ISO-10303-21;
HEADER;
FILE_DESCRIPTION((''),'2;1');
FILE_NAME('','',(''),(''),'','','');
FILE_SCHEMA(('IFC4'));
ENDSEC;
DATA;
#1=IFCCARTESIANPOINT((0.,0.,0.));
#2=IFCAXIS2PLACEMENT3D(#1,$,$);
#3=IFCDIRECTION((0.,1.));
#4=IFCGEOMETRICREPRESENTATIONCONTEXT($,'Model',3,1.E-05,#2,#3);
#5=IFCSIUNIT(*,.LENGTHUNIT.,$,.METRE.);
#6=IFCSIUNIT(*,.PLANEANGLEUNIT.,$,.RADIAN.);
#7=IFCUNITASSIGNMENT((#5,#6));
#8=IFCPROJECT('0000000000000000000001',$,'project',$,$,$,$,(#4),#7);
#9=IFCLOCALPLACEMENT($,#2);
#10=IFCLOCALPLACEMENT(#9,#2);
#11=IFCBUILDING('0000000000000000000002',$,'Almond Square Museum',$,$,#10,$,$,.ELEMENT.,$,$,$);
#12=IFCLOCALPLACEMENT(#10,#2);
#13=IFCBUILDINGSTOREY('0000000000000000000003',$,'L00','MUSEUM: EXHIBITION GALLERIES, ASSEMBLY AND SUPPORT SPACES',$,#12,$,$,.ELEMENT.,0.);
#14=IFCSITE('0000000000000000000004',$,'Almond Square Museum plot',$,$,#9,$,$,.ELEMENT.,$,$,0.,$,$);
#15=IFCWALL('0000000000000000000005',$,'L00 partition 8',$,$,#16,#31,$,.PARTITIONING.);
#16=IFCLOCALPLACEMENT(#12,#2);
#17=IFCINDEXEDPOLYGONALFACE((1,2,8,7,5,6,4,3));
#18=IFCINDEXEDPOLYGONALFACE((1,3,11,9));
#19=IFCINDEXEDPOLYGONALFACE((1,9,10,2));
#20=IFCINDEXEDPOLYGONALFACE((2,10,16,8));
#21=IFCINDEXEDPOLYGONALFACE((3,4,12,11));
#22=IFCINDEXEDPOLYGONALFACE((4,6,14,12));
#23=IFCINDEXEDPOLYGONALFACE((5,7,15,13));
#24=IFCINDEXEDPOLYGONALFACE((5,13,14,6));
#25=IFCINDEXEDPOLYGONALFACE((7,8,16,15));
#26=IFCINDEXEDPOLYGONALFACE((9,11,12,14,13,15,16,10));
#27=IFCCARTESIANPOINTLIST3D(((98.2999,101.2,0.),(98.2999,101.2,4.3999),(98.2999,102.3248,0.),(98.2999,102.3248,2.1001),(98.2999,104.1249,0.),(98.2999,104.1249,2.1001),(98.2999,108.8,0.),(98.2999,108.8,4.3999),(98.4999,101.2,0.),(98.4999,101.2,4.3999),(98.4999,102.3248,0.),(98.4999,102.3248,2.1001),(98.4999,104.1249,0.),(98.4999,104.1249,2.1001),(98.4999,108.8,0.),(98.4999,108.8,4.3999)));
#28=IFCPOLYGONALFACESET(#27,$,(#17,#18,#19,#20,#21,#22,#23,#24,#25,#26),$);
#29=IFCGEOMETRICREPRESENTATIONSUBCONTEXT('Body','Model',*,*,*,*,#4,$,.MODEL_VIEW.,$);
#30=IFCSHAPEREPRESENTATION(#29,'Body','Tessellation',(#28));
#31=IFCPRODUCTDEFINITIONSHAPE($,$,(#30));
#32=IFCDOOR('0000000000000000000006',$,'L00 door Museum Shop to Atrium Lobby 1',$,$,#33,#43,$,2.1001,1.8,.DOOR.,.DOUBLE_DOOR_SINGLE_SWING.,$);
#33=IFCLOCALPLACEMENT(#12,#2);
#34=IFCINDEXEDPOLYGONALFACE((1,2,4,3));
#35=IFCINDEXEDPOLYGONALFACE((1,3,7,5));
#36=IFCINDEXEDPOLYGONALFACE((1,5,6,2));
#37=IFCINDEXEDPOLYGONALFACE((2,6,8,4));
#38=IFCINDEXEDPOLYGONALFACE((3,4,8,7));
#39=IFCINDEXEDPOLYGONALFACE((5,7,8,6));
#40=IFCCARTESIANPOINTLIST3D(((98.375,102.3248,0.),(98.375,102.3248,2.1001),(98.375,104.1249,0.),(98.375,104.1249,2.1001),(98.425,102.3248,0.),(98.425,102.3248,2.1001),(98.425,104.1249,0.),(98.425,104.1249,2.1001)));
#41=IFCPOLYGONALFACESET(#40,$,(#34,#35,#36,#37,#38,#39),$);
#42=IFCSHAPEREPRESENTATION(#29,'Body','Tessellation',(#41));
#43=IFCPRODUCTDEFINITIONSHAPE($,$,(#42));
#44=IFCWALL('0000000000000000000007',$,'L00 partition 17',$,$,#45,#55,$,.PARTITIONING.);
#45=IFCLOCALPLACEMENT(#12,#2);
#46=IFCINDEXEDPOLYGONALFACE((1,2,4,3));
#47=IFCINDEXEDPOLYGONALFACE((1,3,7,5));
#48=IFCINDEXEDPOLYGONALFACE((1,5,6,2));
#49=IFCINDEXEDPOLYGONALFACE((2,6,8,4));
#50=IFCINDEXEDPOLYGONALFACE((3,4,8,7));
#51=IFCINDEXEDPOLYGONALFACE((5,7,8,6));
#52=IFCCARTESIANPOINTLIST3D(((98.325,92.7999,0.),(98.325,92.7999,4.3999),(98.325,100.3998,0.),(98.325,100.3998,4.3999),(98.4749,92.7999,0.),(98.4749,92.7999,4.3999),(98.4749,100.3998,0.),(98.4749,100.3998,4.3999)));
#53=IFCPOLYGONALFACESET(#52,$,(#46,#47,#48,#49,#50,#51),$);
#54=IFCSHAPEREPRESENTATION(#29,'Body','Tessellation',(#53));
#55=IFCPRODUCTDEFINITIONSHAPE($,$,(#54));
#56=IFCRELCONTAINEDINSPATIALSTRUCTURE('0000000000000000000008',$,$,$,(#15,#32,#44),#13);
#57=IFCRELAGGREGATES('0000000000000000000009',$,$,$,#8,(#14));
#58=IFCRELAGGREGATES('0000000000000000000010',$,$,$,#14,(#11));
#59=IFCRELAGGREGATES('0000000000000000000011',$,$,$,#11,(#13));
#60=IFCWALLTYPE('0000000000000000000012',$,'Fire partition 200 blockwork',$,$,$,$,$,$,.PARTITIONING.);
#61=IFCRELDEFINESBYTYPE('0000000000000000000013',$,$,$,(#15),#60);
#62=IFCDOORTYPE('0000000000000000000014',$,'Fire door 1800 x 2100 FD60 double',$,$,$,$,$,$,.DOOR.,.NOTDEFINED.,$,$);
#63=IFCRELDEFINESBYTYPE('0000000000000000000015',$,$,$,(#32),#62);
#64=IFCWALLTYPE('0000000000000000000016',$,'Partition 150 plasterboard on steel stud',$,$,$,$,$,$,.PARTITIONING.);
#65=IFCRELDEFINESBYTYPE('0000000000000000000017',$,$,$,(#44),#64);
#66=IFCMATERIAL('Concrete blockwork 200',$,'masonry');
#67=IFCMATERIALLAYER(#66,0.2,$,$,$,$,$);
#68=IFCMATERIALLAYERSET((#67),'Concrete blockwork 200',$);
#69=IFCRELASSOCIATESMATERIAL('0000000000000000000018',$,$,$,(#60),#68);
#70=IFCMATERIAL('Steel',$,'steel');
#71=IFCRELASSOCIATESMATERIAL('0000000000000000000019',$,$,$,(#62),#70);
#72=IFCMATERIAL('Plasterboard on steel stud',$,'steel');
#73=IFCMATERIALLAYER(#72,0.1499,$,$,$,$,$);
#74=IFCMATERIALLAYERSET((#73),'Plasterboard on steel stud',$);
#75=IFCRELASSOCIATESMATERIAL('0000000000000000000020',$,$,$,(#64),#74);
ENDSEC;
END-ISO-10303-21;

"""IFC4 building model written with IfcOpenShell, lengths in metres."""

from ifc_helpers import new_model, si_unit, direction, frame, frame_2d, origin, place, context, subcontext, project, spatial, rectangle, extrude, material, layer, layer_set, type_object, element, fill, save


model = new_model("IFC4")

# Units and contexts
model_context = context("Model", 3, precision=1e-05, world=origin(), true_north=direction((0.0, 1.0)))
body_context = subcontext(model_context, "Body", "Model", "MODEL_VIEW")
ifc_project = project(units=[si_unit("LENGTHUNIT", "METRE"), si_unit("PLANEANGLEUNIT", "RADIAN")], contexts=[model_context])

# Site, building, storey
site_placement = place(None, origin())
site = spatial("IfcSite", under=ifc_project, at=site_placement, Name="Almond Square Museum plot", CompositionType="ELEMENT", RefElevation=0.0)
building_placement = place(site_placement, origin())
building = spatial("IfcBuilding", under=site, at=building_placement, Name="Almond Square Museum", CompositionType="ELEMENT")
storey_placement = place(building_placement, origin())
storey = spatial("IfcBuildingStorey", under=building, at=storey_placement, Name="L00", Description="MUSEUM: EXHIBITION GALLERIES, ASSEMBLY AND SUPPORT SPACES", CompositionType="ELEMENT", Elevation=0.0)

# Wall, opening, door
ifc_material_1 = material(Name="Concrete blockwork 200", Category="masonry")
ifc_layer_1 = layer(ifc_material_1, 0.2)
ifc_layer_set_1 = layer_set([ifc_layer_1], Name="Concrete blockwork 200")
wall_type_1 = type_object("IfcWallType", Name="Fire partition 200 blockwork", PredefinedType="PARTITIONING", material=ifc_layer_set_1)
wall_1_placement = place(storey_placement, frame((98.3999, 101.2, 0.0), z_axis=(0.0, 0.0, 1.0), x_axis=(0.0, 1.0, 0.0)))
wall_1 = element("IfcWall", 1, at=wall_1_placement, inside=storey, type_object=wall_type_1, Name="L00 partition 8", PredefinedType="PARTITIONING", context=body_context, shape_type="SweptSolid", body=[
    extrude(rectangle(XDim=7.6001, YDim=0.2, at=frame_2d((3.8, 0.0))), origin(), (0.0, 0.0, 1.0), 4.3999),
])
opening_placement = place(wall_1_placement, frame((1.125, 0.0, 0.0)))
opening = element("IfcOpeningElement", 2, at=opening_placement, cuts=wall_1, PredefinedType="OPENING", context=body_context, shape_type="SweptSolid", body=[
    extrude(rectangle(XDim=1.8, YDim=2.1001, at=frame_2d((0.8999, 1.05))), frame((0.0, 0.1099, 0.0), z_axis=(0.0, -1.0, 0.0), x_axis=(1.0, 0.0, 0.0)), (0.0, 0.0, 1.0), 0.22),
])
ifc_material_2 = material(Name="Steel", Category="steel")
door_type = type_object("IfcDoorType", Name="Fire door 1800 x 2100 FD60 double", OperationType="NOTDEFINED", PredefinedType="DOOR", material=ifc_material_2)
door_placement = place(opening_placement, origin())
door = element("IfcDoor", 3, at=door_placement, inside=storey, type_object=door_type, Name="L00 door Museum Shop to Atrium Lobby 1", OperationType="DOUBLE_DOOR_SINGLE_SWING", OverallHeight=2.1001, OverallWidth=1.8, PredefinedType="DOOR", context=body_context, shape_type="SweptSolid", body=[
    extrude(rectangle(XDim=1.8, YDim=2.1001, at=frame_2d((0.8999, 1.05))), frame((0.0, 0.0249, 0.0), z_axis=(0.0, -1.0, 0.0), x_axis=(1.0, 0.0, 0.0)), (0.0, 0.0, 1.0), 0.05),
])
fill(opening, door)

# Wall
ifc_material_3 = material(Name="Plasterboard on steel stud", Category="steel")
ifc_layer_2 = layer(ifc_material_3, 0.1499)
ifc_layer_set_2 = layer_set([ifc_layer_2], Name="Plasterboard on steel stud")
wall_type_2 = type_object("IfcWallType", Name="Partition 150 plasterboard on steel stud", PredefinedType="PARTITIONING", material=ifc_layer_set_2)
wall_2_placement = place(storey_placement, frame((98.3999, 92.8, 0.0), z_axis=(0.0, 0.0, 1.0), x_axis=(0.0, 1.0, 0.0)))
element("IfcWall", 4, at=wall_2_placement, inside=storey, type_object=wall_type_2, Name="L00 partition 17", PredefinedType="PARTITIONING", context=body_context, shape_type="SweptSolid", body=[
    extrude(rectangle(XDim=7.5999, YDim=0.1499, at=frame_2d((3.7998, 0.0))), origin(), (0.0, 0.0, 1.0), 4.3999),
])

save(model, "model.ifc")
